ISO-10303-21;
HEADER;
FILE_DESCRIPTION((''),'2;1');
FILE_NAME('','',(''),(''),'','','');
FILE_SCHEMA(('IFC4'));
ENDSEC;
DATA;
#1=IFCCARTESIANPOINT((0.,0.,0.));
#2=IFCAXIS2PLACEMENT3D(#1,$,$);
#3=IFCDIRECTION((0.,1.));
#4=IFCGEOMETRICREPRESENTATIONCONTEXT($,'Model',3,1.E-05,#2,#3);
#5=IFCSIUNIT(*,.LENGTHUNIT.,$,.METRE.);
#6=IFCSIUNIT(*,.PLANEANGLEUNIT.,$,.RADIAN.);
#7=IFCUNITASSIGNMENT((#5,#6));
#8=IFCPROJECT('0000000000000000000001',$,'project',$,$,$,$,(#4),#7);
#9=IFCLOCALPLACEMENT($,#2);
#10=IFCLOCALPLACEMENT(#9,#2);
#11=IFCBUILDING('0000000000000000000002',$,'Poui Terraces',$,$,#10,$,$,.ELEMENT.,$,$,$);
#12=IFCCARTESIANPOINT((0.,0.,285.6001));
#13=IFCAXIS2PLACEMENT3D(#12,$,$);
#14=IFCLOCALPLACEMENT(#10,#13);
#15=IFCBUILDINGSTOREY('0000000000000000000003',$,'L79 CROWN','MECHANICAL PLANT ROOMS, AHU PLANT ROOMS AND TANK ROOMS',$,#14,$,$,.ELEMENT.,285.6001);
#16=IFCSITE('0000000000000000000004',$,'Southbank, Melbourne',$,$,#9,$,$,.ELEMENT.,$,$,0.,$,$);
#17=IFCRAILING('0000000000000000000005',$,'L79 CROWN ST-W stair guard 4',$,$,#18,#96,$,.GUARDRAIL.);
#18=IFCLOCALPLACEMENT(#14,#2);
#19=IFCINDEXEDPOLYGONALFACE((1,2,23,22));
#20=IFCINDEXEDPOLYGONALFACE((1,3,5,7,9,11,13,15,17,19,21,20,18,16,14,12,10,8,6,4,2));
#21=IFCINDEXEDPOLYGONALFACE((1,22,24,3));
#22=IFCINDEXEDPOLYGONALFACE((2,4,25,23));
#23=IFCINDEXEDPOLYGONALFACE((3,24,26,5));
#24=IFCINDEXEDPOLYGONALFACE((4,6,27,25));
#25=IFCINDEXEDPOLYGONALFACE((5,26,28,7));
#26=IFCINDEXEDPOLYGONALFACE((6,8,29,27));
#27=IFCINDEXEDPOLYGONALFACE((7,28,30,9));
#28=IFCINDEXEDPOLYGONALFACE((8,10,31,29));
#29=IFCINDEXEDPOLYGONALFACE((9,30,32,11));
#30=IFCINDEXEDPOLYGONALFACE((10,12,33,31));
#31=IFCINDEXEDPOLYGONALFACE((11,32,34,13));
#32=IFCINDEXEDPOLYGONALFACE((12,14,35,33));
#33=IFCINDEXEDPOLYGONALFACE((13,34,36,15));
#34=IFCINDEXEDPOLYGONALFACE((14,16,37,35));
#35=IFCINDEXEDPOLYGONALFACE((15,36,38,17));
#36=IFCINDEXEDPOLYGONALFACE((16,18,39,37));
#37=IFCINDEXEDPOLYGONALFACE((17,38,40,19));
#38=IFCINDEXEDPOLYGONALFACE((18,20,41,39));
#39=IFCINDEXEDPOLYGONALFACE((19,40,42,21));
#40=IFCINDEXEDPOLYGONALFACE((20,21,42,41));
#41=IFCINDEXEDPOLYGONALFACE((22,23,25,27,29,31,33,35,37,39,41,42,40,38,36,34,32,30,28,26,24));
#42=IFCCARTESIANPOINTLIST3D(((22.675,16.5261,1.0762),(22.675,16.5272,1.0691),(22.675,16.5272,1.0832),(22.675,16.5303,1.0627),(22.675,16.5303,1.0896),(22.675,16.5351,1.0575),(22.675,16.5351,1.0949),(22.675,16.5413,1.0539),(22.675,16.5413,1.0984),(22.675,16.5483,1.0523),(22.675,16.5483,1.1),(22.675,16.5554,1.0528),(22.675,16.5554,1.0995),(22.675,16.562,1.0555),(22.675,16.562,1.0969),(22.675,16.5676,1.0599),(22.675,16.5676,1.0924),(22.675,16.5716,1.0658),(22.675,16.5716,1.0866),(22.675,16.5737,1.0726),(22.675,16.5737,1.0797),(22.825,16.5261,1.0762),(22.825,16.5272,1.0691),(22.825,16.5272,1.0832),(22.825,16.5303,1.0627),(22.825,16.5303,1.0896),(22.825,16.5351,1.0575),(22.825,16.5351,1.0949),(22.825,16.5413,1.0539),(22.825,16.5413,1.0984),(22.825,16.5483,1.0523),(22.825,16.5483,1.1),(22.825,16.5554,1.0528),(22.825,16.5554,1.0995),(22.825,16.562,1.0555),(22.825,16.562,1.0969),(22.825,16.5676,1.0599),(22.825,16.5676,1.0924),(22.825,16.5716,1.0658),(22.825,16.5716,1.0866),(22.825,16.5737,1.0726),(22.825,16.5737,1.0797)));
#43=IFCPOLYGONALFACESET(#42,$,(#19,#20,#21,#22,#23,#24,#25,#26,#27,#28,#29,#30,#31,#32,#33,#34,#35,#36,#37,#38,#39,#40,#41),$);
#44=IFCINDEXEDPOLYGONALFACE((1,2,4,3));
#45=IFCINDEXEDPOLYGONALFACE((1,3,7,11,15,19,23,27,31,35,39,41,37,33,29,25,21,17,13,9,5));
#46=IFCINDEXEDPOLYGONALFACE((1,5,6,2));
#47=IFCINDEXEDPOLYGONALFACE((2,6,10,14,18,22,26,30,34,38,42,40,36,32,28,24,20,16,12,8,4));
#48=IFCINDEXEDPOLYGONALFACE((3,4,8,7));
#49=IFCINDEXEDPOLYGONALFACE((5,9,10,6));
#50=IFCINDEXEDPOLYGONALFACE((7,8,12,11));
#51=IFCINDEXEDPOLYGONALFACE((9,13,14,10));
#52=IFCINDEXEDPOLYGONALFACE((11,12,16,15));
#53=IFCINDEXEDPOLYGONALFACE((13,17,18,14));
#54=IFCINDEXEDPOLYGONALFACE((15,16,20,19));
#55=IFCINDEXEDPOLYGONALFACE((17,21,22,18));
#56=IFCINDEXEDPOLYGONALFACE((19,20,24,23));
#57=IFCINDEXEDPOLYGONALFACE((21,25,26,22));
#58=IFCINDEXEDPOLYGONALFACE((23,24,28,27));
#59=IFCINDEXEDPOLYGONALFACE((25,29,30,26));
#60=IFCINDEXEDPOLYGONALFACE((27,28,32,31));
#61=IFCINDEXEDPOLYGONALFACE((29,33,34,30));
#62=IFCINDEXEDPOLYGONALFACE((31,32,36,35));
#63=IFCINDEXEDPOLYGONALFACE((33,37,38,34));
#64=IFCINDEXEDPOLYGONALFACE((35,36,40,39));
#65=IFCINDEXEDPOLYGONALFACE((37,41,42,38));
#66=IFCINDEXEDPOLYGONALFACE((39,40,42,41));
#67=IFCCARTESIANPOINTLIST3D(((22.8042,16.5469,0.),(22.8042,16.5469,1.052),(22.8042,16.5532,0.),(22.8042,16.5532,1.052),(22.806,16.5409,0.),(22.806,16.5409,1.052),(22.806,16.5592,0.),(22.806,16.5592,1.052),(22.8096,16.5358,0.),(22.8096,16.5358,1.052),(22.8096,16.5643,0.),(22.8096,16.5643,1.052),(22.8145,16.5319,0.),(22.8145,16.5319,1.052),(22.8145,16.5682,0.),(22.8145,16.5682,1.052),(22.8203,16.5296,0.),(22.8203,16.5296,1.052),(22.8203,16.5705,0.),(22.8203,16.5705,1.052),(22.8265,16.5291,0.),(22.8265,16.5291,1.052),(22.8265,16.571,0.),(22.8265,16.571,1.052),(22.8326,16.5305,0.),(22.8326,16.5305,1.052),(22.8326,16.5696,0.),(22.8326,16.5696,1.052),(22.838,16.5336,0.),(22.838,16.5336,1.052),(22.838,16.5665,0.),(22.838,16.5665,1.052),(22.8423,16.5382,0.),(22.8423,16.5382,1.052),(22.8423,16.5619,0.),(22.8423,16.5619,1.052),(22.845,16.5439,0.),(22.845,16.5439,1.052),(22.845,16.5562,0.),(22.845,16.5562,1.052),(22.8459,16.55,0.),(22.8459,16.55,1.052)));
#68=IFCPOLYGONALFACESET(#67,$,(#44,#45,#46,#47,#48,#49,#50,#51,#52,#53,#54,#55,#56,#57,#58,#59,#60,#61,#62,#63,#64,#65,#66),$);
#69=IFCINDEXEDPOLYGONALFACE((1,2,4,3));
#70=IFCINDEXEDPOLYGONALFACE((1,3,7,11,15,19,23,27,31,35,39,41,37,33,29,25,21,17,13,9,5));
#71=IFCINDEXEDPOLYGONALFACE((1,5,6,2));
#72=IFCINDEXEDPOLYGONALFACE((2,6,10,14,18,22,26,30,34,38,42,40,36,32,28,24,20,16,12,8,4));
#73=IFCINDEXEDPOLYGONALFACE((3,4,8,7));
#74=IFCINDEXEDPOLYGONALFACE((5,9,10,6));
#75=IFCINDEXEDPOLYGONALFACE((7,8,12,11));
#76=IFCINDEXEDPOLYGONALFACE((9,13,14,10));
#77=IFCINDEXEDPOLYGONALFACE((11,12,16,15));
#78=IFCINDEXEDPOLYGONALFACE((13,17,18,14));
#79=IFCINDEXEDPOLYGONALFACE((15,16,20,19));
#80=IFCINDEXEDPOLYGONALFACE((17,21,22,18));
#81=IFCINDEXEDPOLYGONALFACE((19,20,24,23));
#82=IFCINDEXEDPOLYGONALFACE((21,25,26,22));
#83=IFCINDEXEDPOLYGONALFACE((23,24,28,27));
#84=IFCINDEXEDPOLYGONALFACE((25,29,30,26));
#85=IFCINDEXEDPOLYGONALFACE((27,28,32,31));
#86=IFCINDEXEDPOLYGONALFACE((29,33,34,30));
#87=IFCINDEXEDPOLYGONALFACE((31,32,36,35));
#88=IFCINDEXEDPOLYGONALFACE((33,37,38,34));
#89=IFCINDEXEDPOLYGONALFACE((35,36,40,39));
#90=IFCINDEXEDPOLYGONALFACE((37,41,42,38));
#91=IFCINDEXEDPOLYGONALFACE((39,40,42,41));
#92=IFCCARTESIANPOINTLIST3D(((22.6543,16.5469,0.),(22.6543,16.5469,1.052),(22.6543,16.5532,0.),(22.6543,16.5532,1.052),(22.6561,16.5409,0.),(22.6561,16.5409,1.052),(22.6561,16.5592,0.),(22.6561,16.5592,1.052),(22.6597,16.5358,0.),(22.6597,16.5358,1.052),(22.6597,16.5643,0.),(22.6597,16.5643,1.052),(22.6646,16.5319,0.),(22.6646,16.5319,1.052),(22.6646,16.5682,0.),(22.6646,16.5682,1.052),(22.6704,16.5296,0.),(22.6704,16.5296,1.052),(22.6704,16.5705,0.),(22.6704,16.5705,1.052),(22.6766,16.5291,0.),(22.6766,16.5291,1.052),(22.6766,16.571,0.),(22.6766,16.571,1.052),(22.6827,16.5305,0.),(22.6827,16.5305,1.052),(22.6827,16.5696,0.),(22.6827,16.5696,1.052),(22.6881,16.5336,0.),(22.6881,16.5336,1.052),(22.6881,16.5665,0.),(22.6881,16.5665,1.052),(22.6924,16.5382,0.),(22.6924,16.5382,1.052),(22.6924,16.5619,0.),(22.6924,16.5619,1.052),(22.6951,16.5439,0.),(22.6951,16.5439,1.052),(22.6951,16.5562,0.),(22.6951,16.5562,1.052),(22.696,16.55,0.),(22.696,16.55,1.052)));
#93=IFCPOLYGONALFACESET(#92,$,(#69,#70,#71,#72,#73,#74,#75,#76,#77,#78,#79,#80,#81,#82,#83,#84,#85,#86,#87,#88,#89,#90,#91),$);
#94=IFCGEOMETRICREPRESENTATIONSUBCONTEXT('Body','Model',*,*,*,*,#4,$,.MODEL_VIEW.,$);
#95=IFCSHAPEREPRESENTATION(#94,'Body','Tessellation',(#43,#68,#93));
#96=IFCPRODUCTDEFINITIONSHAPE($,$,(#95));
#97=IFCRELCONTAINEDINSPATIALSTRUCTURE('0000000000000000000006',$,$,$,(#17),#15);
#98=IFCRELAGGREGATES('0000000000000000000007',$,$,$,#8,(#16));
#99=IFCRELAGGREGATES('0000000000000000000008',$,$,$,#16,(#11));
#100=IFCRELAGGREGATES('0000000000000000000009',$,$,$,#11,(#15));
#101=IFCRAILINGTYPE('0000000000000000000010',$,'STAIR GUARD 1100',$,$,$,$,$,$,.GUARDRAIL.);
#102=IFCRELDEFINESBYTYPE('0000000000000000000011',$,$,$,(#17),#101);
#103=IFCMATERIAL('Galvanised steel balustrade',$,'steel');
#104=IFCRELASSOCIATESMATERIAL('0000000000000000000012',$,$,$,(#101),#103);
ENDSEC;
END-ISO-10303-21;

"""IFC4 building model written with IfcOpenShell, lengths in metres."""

from ifc_helpers import new_model, si_unit, direction, frame, origin, origin_2d, place, context, subcontext, project, spatial, circle, extrude, material, type_object, element, save


model = new_model("IFC4")

# Units and contexts
model_context = context("Model", 3, precision=1e-05, world=origin(), true_north=direction((0.0, 1.0)))
body_context = subcontext(model_context, "Body", "Model", "MODEL_VIEW")
ifc_project = project(units=[si_unit("LENGTHUNIT", "METRE"), si_unit("PLANEANGLEUNIT", "RADIAN")], contexts=[model_context])

# Site, building, storey
site_placement = place(None, origin())
site = spatial("IfcSite", under=ifc_project, at=site_placement, Name="Southbank, Melbourne", CompositionType="ELEMENT", RefElevation=0.0)
building_placement = place(site_placement, origin())
building = spatial("IfcBuilding", under=site, at=building_placement, Name="Poui Terraces", CompositionType="ELEMENT")
storey_placement = place(building_placement, frame((0.0, 0.0, 285.6001)))
storey = spatial("IfcBuildingStorey", under=building, at=storey_placement, Name="L79 CROWN", Description="MECHANICAL PLANT ROOMS, AHU PLANT ROOMS AND TANK ROOMS", CompositionType="ELEMENT", Elevation=285.6001)

# Railing
ifc_material_1 = material(Name="Galvanised steel balustrade", Category="steel")
railing_type_1 = type_object("IfcRailingType", Name="STAIR GUARD 1100", PredefinedType="GUARDRAIL", material=ifc_material_1)
railing_1_placement = place(storey_placement, frame((22.825, 16.55, 0.0)))
element("IfcRailing", 1, at=railing_1_placement, inside=storey, type_object=railing_type_1, Name="L79 CROWN ST-W stair guard 4", PredefinedType="GUARDRAIL", context=body_context, shape_type="SweptSolid", body=[
    extrude(circle(Radius=0.0239, at=origin_2d()), frame((0.0, 0.0, 1.0762), z_axis=(-1.0, 0.0, 0.0), x_axis=(0.0, -1.0, 0.0)), (0.0, 0.0, 1.0), 0.1499),
    extrude(circle(Radius=0.021, at=origin_2d()), origin(), (0.0, 0.0, 1.0), 1.052),
    extrude(circle(Radius=0.021, at=origin_2d()), frame((-0.1499, 0.0, 0.0)), (0.0, 0.0, 1.0), 1.052),
])

save(model, "model.ifc")
